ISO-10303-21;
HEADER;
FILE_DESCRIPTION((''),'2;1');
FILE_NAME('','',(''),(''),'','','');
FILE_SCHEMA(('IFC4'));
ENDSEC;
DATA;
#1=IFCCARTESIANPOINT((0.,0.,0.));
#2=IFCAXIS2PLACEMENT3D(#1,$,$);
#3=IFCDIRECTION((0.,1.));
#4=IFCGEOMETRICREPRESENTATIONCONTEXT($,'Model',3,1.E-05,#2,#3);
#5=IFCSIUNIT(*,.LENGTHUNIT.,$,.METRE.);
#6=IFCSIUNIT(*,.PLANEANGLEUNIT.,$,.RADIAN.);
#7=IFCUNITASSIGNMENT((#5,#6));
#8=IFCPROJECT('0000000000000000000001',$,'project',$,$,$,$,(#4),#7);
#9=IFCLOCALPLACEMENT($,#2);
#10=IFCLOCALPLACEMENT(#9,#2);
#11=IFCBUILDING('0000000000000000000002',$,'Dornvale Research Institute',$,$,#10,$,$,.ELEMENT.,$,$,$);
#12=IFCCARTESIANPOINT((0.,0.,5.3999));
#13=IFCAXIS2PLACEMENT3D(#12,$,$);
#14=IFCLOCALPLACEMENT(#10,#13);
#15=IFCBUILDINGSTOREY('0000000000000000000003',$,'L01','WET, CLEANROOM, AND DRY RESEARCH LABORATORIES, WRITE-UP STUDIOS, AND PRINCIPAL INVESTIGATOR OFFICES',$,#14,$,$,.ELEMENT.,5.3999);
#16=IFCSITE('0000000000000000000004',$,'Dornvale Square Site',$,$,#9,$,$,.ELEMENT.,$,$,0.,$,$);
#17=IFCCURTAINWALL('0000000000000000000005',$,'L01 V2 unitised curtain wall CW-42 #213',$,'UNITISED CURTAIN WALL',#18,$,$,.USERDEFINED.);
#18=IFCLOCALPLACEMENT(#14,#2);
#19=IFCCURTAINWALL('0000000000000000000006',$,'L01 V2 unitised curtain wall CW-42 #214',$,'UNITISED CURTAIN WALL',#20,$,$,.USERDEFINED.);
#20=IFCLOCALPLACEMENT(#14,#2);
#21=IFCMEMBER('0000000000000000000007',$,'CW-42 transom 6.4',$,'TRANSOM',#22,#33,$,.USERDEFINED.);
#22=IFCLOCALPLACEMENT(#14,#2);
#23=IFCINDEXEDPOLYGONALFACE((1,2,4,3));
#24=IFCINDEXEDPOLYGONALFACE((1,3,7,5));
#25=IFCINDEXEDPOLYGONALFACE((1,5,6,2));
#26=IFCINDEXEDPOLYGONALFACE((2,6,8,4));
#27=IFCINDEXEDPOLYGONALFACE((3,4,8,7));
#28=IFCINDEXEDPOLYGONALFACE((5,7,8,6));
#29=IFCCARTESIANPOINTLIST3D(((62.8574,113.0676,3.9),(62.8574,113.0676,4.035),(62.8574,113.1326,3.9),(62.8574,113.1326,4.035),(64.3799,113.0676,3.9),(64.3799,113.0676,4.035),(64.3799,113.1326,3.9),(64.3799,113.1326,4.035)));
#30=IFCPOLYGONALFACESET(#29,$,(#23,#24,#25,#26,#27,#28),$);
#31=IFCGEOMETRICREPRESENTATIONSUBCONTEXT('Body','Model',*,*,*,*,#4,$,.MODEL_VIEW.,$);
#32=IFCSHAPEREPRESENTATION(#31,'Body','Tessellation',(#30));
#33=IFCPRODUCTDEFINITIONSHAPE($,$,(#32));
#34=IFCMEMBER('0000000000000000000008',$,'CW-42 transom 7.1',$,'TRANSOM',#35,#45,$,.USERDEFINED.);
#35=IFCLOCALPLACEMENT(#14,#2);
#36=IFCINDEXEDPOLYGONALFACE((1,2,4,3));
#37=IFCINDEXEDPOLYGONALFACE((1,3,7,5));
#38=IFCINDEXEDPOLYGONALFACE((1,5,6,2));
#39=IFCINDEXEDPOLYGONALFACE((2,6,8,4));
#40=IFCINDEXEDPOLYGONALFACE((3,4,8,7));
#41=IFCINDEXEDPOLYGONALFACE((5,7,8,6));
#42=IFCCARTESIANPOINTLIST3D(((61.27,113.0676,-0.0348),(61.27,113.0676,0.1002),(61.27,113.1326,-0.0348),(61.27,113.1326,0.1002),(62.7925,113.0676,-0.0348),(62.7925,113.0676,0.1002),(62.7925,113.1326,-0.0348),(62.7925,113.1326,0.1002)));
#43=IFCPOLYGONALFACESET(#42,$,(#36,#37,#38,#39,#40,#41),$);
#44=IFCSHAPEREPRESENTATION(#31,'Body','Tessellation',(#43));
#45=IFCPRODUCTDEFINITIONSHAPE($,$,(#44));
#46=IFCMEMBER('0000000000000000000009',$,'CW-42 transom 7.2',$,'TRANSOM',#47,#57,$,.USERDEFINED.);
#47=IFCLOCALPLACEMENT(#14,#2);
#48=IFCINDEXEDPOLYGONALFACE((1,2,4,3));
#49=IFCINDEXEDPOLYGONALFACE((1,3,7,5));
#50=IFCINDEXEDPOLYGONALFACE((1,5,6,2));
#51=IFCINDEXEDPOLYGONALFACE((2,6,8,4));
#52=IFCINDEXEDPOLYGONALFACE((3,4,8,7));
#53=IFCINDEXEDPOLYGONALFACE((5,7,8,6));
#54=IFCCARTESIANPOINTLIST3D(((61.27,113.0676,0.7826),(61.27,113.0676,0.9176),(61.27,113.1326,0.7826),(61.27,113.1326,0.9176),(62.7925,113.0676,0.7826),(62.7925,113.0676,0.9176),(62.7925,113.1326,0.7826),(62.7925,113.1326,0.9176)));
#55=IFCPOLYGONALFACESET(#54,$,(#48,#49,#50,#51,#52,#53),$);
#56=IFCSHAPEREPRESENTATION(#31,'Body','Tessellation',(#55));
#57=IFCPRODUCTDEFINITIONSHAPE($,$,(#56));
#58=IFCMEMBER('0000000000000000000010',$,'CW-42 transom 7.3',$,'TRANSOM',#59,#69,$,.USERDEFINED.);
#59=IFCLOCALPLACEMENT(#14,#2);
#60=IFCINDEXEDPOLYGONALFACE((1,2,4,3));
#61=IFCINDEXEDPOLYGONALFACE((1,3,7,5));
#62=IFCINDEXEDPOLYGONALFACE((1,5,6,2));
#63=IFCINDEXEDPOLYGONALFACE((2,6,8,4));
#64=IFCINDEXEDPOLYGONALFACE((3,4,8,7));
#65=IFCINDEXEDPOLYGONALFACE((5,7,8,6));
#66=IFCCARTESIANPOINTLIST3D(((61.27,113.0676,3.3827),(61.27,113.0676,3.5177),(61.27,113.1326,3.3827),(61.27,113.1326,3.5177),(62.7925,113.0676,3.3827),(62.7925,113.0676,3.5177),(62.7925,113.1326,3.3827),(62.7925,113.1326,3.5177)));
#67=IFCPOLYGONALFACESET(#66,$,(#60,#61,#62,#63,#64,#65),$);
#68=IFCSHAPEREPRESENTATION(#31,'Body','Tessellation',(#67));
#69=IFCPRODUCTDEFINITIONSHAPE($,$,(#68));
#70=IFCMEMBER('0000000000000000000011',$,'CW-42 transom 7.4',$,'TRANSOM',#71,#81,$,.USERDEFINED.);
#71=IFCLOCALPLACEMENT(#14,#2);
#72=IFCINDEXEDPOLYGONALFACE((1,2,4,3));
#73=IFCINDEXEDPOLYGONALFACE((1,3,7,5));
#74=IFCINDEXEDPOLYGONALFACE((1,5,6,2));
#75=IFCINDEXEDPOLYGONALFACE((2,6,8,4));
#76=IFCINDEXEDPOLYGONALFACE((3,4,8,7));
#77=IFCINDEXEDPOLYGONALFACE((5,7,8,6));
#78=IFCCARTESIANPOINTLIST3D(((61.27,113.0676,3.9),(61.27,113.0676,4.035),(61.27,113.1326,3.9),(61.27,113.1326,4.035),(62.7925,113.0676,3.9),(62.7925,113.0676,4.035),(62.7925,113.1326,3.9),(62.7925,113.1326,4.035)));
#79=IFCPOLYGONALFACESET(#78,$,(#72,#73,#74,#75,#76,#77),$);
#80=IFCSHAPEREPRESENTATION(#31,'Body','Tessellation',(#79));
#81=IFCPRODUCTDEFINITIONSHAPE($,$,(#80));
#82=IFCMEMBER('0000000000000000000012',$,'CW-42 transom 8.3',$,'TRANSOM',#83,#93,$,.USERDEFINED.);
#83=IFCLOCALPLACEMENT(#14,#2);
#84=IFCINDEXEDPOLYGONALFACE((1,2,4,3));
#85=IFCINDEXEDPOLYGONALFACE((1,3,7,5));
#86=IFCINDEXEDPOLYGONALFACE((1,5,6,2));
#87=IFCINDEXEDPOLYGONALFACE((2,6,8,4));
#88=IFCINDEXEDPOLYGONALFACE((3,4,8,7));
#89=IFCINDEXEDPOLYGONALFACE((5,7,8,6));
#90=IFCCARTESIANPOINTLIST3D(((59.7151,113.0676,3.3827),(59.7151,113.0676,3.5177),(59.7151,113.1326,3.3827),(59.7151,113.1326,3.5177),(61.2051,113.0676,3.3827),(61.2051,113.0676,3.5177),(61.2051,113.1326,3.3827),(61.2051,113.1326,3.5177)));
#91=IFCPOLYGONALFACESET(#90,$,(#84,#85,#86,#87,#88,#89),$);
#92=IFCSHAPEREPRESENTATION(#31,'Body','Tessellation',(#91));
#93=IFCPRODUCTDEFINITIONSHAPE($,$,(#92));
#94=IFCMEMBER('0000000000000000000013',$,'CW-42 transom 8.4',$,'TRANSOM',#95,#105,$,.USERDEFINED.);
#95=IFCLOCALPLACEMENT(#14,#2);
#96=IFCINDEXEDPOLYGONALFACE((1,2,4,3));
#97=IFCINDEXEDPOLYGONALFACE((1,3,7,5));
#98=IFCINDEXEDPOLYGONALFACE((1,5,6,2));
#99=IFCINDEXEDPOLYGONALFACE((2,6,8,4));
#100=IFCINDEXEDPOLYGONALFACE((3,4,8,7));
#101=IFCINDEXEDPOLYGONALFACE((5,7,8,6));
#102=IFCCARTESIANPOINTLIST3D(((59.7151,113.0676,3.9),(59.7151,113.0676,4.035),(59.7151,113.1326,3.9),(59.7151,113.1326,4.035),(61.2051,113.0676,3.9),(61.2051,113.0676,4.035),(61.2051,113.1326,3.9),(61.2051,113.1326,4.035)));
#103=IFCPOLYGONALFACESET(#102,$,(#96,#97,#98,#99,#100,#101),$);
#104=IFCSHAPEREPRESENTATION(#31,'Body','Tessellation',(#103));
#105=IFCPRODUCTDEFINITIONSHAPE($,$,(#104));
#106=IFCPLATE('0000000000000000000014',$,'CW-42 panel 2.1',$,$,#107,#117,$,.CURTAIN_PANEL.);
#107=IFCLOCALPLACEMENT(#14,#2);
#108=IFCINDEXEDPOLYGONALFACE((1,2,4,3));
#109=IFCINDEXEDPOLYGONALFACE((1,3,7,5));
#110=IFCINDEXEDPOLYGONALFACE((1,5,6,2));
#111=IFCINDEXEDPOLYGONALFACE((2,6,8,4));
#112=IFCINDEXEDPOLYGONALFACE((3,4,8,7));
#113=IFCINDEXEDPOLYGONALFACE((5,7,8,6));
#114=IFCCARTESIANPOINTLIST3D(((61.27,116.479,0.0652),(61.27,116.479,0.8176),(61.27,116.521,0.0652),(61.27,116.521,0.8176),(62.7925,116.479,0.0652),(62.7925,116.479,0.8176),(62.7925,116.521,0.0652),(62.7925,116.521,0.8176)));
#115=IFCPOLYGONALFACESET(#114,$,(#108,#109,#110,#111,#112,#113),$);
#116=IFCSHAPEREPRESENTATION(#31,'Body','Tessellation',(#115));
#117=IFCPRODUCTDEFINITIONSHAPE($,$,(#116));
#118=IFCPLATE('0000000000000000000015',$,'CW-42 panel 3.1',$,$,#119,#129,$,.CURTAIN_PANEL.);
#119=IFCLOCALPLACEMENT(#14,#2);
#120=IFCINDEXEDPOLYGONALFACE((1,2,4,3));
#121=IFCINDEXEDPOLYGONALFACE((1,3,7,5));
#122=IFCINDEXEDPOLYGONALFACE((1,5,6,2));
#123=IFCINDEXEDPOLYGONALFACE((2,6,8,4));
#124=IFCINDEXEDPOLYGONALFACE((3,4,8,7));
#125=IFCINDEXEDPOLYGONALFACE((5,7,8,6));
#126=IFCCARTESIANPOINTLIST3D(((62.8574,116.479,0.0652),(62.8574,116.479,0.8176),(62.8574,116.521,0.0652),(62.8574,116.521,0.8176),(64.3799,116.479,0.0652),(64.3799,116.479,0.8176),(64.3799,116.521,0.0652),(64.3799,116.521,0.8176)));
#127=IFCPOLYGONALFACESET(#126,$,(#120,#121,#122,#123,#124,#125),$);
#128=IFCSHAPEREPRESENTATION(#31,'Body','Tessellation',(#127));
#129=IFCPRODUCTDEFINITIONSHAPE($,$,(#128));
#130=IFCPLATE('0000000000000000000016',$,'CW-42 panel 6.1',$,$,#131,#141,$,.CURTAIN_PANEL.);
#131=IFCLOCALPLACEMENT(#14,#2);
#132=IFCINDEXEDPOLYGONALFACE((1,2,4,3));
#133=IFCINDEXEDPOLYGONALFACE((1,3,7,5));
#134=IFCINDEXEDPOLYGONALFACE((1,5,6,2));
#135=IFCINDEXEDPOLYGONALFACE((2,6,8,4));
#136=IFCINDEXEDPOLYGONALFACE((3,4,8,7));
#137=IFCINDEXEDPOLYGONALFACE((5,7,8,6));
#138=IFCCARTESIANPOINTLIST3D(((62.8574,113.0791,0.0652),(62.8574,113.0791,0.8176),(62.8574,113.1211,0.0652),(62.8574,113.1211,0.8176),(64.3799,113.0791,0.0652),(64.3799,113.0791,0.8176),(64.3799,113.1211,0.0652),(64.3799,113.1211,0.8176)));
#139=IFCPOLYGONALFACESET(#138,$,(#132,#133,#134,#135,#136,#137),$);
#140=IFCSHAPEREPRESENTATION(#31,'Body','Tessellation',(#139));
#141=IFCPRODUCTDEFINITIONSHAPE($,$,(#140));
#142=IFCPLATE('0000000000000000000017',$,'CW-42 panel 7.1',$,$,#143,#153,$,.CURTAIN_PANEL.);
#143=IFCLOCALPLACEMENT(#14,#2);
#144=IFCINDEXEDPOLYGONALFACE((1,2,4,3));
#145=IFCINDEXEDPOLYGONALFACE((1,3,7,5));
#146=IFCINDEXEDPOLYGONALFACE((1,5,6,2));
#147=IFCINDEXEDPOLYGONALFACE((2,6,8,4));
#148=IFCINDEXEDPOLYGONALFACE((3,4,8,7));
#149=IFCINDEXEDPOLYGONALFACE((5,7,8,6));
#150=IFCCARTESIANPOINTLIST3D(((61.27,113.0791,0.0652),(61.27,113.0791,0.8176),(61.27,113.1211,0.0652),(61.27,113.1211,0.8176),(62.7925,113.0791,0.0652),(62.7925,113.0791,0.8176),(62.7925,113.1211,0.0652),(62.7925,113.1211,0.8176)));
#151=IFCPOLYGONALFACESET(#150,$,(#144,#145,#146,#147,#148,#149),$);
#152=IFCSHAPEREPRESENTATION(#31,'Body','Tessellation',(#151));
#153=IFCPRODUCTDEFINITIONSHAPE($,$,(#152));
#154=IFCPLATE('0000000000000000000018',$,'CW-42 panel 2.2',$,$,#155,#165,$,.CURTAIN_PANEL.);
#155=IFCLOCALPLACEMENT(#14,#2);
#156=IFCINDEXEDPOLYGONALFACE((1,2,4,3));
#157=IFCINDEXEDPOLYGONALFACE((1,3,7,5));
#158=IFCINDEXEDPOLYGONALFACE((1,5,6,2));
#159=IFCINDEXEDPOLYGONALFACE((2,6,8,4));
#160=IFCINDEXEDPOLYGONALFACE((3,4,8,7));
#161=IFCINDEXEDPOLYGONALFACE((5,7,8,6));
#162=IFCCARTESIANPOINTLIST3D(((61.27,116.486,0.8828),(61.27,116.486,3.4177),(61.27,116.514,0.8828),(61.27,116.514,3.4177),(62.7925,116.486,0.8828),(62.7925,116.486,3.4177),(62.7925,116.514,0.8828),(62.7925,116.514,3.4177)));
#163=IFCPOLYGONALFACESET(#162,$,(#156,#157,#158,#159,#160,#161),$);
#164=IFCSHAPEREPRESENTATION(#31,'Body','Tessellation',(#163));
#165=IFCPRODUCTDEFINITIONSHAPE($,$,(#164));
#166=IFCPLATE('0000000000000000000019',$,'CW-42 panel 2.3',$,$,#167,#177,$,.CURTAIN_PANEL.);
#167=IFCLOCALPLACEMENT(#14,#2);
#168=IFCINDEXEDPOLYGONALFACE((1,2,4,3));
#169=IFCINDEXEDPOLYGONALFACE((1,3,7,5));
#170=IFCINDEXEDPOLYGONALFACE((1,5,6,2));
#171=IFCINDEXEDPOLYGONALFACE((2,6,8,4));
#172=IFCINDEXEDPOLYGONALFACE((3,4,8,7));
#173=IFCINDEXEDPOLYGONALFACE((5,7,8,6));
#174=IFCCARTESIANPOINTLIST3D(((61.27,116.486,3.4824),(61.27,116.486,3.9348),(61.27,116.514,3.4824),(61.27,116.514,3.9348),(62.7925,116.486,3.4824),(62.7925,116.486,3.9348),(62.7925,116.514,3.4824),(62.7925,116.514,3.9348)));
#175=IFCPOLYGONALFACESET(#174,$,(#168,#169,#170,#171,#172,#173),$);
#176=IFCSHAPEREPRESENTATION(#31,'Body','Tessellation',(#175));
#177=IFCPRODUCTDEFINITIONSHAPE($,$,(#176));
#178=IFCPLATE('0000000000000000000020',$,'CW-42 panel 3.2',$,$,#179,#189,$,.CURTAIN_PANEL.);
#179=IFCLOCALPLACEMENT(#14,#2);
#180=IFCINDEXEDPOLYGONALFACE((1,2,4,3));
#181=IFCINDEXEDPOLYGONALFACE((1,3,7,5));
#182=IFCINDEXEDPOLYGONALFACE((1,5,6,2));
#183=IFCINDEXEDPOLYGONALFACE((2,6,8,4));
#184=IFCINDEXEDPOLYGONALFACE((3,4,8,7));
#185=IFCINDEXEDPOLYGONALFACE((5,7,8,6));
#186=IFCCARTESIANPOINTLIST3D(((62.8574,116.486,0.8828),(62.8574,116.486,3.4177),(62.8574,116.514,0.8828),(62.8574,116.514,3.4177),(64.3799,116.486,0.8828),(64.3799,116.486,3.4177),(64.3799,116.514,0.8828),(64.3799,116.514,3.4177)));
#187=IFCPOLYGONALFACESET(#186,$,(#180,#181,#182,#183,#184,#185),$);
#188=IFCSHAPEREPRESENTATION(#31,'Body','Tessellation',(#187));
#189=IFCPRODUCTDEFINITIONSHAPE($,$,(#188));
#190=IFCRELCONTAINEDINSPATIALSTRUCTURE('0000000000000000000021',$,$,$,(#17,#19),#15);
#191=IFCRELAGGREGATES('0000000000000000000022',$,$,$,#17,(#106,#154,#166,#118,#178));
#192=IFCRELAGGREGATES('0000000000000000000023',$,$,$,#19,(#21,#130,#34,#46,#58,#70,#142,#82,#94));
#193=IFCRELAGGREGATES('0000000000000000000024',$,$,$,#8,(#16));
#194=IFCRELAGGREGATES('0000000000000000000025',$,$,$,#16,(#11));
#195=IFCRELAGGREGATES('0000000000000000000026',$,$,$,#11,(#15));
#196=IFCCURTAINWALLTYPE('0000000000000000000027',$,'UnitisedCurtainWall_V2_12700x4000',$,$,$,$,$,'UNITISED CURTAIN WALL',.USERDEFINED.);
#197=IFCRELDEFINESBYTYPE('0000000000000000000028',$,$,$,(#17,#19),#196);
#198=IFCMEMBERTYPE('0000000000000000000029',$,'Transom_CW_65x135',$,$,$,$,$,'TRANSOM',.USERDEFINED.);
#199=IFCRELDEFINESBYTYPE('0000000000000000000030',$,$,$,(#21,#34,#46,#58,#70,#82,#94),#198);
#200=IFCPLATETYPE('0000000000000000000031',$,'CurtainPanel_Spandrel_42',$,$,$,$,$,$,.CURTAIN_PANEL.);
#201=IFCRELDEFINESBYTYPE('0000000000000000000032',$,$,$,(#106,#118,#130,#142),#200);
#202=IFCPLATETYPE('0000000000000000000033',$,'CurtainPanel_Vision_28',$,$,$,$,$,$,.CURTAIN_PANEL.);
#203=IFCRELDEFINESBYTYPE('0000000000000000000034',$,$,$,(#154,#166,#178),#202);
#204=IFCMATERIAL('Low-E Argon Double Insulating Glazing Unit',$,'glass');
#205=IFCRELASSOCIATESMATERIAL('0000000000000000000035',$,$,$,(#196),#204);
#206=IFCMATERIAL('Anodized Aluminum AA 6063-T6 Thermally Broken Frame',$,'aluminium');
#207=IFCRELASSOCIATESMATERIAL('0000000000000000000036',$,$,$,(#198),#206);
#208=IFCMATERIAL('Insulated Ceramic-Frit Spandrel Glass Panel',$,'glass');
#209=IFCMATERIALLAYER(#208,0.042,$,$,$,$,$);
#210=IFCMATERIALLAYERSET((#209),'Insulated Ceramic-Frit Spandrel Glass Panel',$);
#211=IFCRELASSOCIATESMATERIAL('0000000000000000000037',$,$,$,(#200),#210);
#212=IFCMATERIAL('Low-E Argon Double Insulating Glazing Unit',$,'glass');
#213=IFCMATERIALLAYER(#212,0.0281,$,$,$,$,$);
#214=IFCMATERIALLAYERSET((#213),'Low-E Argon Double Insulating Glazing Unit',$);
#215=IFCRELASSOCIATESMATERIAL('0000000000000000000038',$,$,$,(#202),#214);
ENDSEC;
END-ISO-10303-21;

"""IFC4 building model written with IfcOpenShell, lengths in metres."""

from ifc_helpers import new_model, si_unit, direction, frame, origin, origin_2d, place, context, subcontext, project, spatial, rectangle, extrude, material, layer, layer_set, material_profile, profile_set, type_object, element, aggregate, save


model = new_model("IFC4")

# Units and contexts
model_context = context("Model", 3, precision=1e-05, world=origin(), true_north=direction((0.0, 1.0)))
body_context = subcontext(model_context, "Body", "Model", "MODEL_VIEW")
ifc_project = project(units=[si_unit("LENGTHUNIT", "METRE"), si_unit("PLANEANGLEUNIT", "RADIAN")], contexts=[model_context])

# Site, building, storey
site_placement = place(None, origin())
site = spatial("IfcSite", under=ifc_project, at=site_placement, Name="Dornvale Square Site", CompositionType="ELEMENT", RefElevation=0.0)
building_placement = place(site_placement, origin())
building = spatial("IfcBuilding", under=site, at=building_placement, Name="Dornvale Research Institute", CompositionType="ELEMENT")
storey_placement = place(building_placement, frame((0.0, 0.0, 5.3999)))
storey = spatial("IfcBuildingStorey", under=building, at=storey_placement, Name="L01", Description="WET, CLEANROOM, AND DRY RESEARCH LABORATORIES, WRITE-UP STUDIOS, AND PRINCIPAL INVESTIGATOR OFFICES", CompositionType="ELEMENT", Elevation=5.3999)

# Curtain walls
ifc_material_1 = material(Name="Low-E Argon Double Insulating Glazing Unit", Category="glass")
curtain_wall_type = type_object("IfcCurtainWallType", Name="UnitisedCurtainWall_V2_12700x4000", ElementType="UNITISED CURTAIN WALL", PredefinedType="USERDEFINED", material=ifc_material_1)
curtain_wall_1_placement = place(storey_placement, origin())
curtain_wall_1 = element("IfcCurtainWall", 1, at=curtain_wall_1_placement, inside=storey, type_object=curtain_wall_type, Name="L01 V2 unitised curtain wall CW-42 #213", ObjectType="UNITISED CURTAIN WALL", PredefinedType="USERDEFINED")
curtain_wall_2_placement = place(storey_placement, origin())
curtain_wall_2 = element("IfcCurtainWall", 2, at=curtain_wall_2_placement, inside=storey, type_object=curtain_wall_type, Name="L01 V2 unitised curtain wall CW-42 #214", ObjectType="UNITISED CURTAIN WALL", PredefinedType="USERDEFINED")

# Members
ifc_material_2 = material(Name="Anodized Aluminum AA 6063-T6 Thermally Broken Frame", Category="aluminium")
ifc_material_profile_1 = material_profile(ifc_material_2, rectangle(XDim=0.0649, YDim=0.135, at=origin_2d()), Name="ALU TRANSOM 65x135")
ifc_profile_set_1 = profile_set([ifc_material_profile_1], Name="Anodized Aluminum AA 6063-T6 Thermally Broken Frame")
member_type_1 = type_object("IfcMemberType", Name="Transom_CW_65x135", ElementType="TRANSOM", PredefinedType="USERDEFINED", material=ifc_profile_set_1)
member_1_placement = place(storey_placement, frame((64.3799, 113.1001, 3.9675), z_axis=(-1.0, 0.0, 0.0), x_axis=(0.0, -1.0, 0.0)))
member_1 = element("IfcMember", 3, at=member_1_placement, type_object=member_type_1, Name="CW-42 transom 6.4", ObjectType="TRANSOM", PredefinedType="USERDEFINED", context=body_context, shape_type="SweptSolid", body=[
    extrude(rectangle(XDim=0.0649, YDim=0.135, at=origin_2d()), origin(), (0.0, 0.0, 1.0), 1.5225),
])
member_2_placement = place(storey_placement, frame((62.7925, 113.1001, 0.0327), z_axis=(-1.0, 0.0, 0.0), x_axis=(0.0, -1.0, 0.0)))
member_2 = element("IfcMember", 4, at=member_2_placement, type_object=member_type_1, Name="CW-42 transom 7.1", ObjectType="TRANSOM", PredefinedType="USERDEFINED", context=body_context, shape_type="SweptSolid", body=[
    extrude(rectangle(XDim=0.0649, YDim=0.135, at=origin_2d()), origin(), (0.0, 0.0, 1.0), 1.5225),
])
member_3_placement = place(storey_placement, frame((62.7925, 113.1001, 0.8501), z_axis=(-1.0, 0.0, 0.0), x_axis=(0.0, -1.0, 0.0)))
member_3 = element("IfcMember", 5, at=member_3_placement, type_object=member_type_1, Name="CW-42 transom 7.2", ObjectType="TRANSOM", PredefinedType="USERDEFINED", context=body_context, shape_type="SweptSolid", body=[
    extrude(rectangle(XDim=0.0649, YDim=0.135, at=origin_2d()), origin(), (0.0, 0.0, 1.0), 1.5225),
])
member_4_placement = place(storey_placement, frame((62.7925, 113.1001, 3.4502), z_axis=(-1.0, 0.0, 0.0), x_axis=(0.0, -1.0, 0.0)))
member_4 = element("IfcMember", 6, at=member_4_placement, type_object=member_type_1, Name="CW-42 transom 7.3", ObjectType="TRANSOM", PredefinedType="USERDEFINED", context=body_context, shape_type="SweptSolid", body=[
    extrude(rectangle(XDim=0.0649, YDim=0.135, at=origin_2d()), origin(), (0.0, 0.0, 1.0), 1.5225),
])
member_5_placement = place(storey_placement, frame((62.7925, 113.1001, 3.9675), z_axis=(-1.0, 0.0, 0.0), x_axis=(0.0, -1.0, 0.0)))
member_5 = element("IfcMember", 7, at=member_5_placement, type_object=member_type_1, Name="CW-42 transom 7.4", ObjectType="TRANSOM", PredefinedType="USERDEFINED", context=body_context, shape_type="SweptSolid", body=[
    extrude(rectangle(XDim=0.0649, YDim=0.135, at=origin_2d()), origin(), (0.0, 0.0, 1.0), 1.5225),
])
member_6_placement = place(storey_placement, frame((61.2051, 113.1001, 3.4502), z_axis=(-1.0, 0.0, 0.0), x_axis=(0.0, -1.0, 0.0)))
member_6 = element("IfcMember", 8, at=member_6_placement, type_object=member_type_1, Name="CW-42 transom 8.3", ObjectType="TRANSOM", PredefinedType="USERDEFINED", context=body_context, shape_type="SweptSolid", body=[
    extrude(rectangle(XDim=0.0649, YDim=0.135, at=origin_2d()), origin(), (0.0, 0.0, 1.0), 1.49),
])
member_7_placement = place(storey_placement, frame((61.2051, 113.1001, 3.9675), z_axis=(-1.0, 0.0, 0.0), x_axis=(0.0, -1.0, 0.0)))
member_7 = element("IfcMember", 9, at=member_7_placement, type_object=member_type_1, Name="CW-42 transom 8.4", ObjectType="TRANSOM", PredefinedType="USERDEFINED", context=body_context, shape_type="SweptSolid", body=[
    extrude(rectangle(XDim=0.0649, YDim=0.135, at=origin_2d()), origin(), (0.0, 0.0, 1.0), 1.49),
])

# Plates
ifc_material_3 = material(Name="Insulated Ceramic-Frit Spandrel Glass Panel", Category="glass")
ifc_layer_1 = layer(ifc_material_3, 0.042)
ifc_layer_set_1 = layer_set([ifc_layer_1], Name="Insulated Ceramic-Frit Spandrel Glass Panel")
plate_type_1 = type_object("IfcPlateType", Name="CurtainPanel_Spandrel_42", PredefinedType="CURTAIN_PANEL", material=ifc_layer_set_1)
plate_1_placement = place(storey_placement, frame((62.0312, 116.5, 0.0652), z_axis=(0.0, 0.0, 1.0), x_axis=(1.0, 0.0, 0.0)))
plate_1 = element("IfcPlate", 10, at=plate_1_placement, type_object=plate_type_1, Name="CW-42 panel 2.1", PredefinedType="CURTAIN_PANEL", context=body_context, shape_type="SweptSolid", body=[
    extrude(rectangle(XDim=1.5225, YDim=0.042, at=origin_2d()), origin(), (0.0, 0.0, 1.0), 0.7524),
])
plate_2_placement = place(storey_placement, frame((63.6187, 116.5, 0.0652), z_axis=(0.0, 0.0, 1.0), x_axis=(1.0, 0.0, 0.0)))
plate_2 = element("IfcPlate", 11, at=plate_2_placement, type_object=plate_type_1, Name="CW-42 panel 3.1", PredefinedType="CURTAIN_PANEL", context=body_context, shape_type="SweptSolid", body=[
    extrude(rectangle(XDim=1.5225, YDim=0.042, at=origin_2d()), origin(), (0.0, 0.0, 1.0), 0.7524),
])
plate_3_placement = place(storey_placement, frame((63.6187, 113.1001, 0.0652), z_axis=(0.0, 0.0, 1.0), x_axis=(-1.0, 0.0, 0.0)))
plate_3 = element("IfcPlate", 12, at=plate_3_placement, type_object=plate_type_1, Name="CW-42 panel 6.1", PredefinedType="CURTAIN_PANEL", context=body_context, shape_type="SweptSolid", body=[
    extrude(rectangle(XDim=1.5225, YDim=0.042, at=origin_2d()), origin(), (0.0, 0.0, 1.0), 0.7524),
])
plate_4_placement = place(storey_placement, frame((62.0312, 113.1001, 0.0652), z_axis=(0.0, 0.0, 1.0), x_axis=(-1.0, 0.0, 0.0)))
plate_4 = element("IfcPlate", 13, at=plate_4_placement, type_object=plate_type_1, Name="CW-42 panel 7.1", PredefinedType="CURTAIN_PANEL", context=body_context, shape_type="SweptSolid", body=[
    extrude(rectangle(XDim=1.5225, YDim=0.042, at=origin_2d()), origin(), (0.0, 0.0, 1.0), 0.7524),
])
ifc_material_4 = material(Name="Low-E Argon Double Insulating Glazing Unit", Category="glass")
ifc_layer_2 = layer(ifc_material_4, 0.0281)
ifc_layer_set_2 = layer_set([ifc_layer_2], Name="Low-E Argon Double Insulating Glazing Unit")
plate_type_2 = type_object("IfcPlateType", Name="CurtainPanel_Vision_28", PredefinedType="CURTAIN_PANEL", material=ifc_layer_set_2)
plate_5_placement = place(storey_placement, frame((62.0312, 116.5, 0.8828), z_axis=(0.0, 0.0, 1.0), x_axis=(1.0, 0.0, 0.0)))
plate_5 = element("IfcPlate", 14, at=plate_5_placement, type_object=plate_type_2, Name="CW-42 panel 2.2", PredefinedType="CURTAIN_PANEL", context=body_context, shape_type="SweptSolid", body=[
    extrude(rectangle(XDim=1.5225, YDim=0.0281, at=origin_2d()), origin(), (0.0, 0.0, 1.0), 2.5349),
])
plate_6_placement = place(storey_placement, frame((62.0312, 116.5, 3.4824), z_axis=(0.0, 0.0, 1.0), x_axis=(1.0, 0.0, 0.0)))
plate_6 = element("IfcPlate", 15, at=plate_6_placement, type_object=plate_type_2, Name="CW-42 panel 2.3", PredefinedType="CURTAIN_PANEL", context=body_context, shape_type="SweptSolid", body=[
    extrude(rectangle(XDim=1.5225, YDim=0.0281, at=origin_2d()), origin(), (0.0, 0.0, 1.0), 0.4524),
])
plate_7_placement = place(storey_placement, frame((63.6187, 116.5, 0.8828), z_axis=(0.0, 0.0, 1.0), x_axis=(1.0, 0.0, 0.0)))
plate_7 = element("IfcPlate", 16, at=plate_7_placement, type_object=plate_type_2, Name="CW-42 panel 3.2", PredefinedType="CURTAIN_PANEL", context=body_context, shape_type="SweptSolid", body=[
    extrude(rectangle(XDim=1.5225, YDim=0.0281, at=origin_2d()), origin(), (0.0, 0.0, 1.0), 2.5349),
])
aggregate(curtain_wall_1, [plate_1, plate_5, plate_6, plate_2, plate_7])
aggregate(curtain_wall_2, [member_1, plate_3, member_2, member_3, member_4, member_5, plate_4, member_6, member_7])

save(model, "model.ifc")
